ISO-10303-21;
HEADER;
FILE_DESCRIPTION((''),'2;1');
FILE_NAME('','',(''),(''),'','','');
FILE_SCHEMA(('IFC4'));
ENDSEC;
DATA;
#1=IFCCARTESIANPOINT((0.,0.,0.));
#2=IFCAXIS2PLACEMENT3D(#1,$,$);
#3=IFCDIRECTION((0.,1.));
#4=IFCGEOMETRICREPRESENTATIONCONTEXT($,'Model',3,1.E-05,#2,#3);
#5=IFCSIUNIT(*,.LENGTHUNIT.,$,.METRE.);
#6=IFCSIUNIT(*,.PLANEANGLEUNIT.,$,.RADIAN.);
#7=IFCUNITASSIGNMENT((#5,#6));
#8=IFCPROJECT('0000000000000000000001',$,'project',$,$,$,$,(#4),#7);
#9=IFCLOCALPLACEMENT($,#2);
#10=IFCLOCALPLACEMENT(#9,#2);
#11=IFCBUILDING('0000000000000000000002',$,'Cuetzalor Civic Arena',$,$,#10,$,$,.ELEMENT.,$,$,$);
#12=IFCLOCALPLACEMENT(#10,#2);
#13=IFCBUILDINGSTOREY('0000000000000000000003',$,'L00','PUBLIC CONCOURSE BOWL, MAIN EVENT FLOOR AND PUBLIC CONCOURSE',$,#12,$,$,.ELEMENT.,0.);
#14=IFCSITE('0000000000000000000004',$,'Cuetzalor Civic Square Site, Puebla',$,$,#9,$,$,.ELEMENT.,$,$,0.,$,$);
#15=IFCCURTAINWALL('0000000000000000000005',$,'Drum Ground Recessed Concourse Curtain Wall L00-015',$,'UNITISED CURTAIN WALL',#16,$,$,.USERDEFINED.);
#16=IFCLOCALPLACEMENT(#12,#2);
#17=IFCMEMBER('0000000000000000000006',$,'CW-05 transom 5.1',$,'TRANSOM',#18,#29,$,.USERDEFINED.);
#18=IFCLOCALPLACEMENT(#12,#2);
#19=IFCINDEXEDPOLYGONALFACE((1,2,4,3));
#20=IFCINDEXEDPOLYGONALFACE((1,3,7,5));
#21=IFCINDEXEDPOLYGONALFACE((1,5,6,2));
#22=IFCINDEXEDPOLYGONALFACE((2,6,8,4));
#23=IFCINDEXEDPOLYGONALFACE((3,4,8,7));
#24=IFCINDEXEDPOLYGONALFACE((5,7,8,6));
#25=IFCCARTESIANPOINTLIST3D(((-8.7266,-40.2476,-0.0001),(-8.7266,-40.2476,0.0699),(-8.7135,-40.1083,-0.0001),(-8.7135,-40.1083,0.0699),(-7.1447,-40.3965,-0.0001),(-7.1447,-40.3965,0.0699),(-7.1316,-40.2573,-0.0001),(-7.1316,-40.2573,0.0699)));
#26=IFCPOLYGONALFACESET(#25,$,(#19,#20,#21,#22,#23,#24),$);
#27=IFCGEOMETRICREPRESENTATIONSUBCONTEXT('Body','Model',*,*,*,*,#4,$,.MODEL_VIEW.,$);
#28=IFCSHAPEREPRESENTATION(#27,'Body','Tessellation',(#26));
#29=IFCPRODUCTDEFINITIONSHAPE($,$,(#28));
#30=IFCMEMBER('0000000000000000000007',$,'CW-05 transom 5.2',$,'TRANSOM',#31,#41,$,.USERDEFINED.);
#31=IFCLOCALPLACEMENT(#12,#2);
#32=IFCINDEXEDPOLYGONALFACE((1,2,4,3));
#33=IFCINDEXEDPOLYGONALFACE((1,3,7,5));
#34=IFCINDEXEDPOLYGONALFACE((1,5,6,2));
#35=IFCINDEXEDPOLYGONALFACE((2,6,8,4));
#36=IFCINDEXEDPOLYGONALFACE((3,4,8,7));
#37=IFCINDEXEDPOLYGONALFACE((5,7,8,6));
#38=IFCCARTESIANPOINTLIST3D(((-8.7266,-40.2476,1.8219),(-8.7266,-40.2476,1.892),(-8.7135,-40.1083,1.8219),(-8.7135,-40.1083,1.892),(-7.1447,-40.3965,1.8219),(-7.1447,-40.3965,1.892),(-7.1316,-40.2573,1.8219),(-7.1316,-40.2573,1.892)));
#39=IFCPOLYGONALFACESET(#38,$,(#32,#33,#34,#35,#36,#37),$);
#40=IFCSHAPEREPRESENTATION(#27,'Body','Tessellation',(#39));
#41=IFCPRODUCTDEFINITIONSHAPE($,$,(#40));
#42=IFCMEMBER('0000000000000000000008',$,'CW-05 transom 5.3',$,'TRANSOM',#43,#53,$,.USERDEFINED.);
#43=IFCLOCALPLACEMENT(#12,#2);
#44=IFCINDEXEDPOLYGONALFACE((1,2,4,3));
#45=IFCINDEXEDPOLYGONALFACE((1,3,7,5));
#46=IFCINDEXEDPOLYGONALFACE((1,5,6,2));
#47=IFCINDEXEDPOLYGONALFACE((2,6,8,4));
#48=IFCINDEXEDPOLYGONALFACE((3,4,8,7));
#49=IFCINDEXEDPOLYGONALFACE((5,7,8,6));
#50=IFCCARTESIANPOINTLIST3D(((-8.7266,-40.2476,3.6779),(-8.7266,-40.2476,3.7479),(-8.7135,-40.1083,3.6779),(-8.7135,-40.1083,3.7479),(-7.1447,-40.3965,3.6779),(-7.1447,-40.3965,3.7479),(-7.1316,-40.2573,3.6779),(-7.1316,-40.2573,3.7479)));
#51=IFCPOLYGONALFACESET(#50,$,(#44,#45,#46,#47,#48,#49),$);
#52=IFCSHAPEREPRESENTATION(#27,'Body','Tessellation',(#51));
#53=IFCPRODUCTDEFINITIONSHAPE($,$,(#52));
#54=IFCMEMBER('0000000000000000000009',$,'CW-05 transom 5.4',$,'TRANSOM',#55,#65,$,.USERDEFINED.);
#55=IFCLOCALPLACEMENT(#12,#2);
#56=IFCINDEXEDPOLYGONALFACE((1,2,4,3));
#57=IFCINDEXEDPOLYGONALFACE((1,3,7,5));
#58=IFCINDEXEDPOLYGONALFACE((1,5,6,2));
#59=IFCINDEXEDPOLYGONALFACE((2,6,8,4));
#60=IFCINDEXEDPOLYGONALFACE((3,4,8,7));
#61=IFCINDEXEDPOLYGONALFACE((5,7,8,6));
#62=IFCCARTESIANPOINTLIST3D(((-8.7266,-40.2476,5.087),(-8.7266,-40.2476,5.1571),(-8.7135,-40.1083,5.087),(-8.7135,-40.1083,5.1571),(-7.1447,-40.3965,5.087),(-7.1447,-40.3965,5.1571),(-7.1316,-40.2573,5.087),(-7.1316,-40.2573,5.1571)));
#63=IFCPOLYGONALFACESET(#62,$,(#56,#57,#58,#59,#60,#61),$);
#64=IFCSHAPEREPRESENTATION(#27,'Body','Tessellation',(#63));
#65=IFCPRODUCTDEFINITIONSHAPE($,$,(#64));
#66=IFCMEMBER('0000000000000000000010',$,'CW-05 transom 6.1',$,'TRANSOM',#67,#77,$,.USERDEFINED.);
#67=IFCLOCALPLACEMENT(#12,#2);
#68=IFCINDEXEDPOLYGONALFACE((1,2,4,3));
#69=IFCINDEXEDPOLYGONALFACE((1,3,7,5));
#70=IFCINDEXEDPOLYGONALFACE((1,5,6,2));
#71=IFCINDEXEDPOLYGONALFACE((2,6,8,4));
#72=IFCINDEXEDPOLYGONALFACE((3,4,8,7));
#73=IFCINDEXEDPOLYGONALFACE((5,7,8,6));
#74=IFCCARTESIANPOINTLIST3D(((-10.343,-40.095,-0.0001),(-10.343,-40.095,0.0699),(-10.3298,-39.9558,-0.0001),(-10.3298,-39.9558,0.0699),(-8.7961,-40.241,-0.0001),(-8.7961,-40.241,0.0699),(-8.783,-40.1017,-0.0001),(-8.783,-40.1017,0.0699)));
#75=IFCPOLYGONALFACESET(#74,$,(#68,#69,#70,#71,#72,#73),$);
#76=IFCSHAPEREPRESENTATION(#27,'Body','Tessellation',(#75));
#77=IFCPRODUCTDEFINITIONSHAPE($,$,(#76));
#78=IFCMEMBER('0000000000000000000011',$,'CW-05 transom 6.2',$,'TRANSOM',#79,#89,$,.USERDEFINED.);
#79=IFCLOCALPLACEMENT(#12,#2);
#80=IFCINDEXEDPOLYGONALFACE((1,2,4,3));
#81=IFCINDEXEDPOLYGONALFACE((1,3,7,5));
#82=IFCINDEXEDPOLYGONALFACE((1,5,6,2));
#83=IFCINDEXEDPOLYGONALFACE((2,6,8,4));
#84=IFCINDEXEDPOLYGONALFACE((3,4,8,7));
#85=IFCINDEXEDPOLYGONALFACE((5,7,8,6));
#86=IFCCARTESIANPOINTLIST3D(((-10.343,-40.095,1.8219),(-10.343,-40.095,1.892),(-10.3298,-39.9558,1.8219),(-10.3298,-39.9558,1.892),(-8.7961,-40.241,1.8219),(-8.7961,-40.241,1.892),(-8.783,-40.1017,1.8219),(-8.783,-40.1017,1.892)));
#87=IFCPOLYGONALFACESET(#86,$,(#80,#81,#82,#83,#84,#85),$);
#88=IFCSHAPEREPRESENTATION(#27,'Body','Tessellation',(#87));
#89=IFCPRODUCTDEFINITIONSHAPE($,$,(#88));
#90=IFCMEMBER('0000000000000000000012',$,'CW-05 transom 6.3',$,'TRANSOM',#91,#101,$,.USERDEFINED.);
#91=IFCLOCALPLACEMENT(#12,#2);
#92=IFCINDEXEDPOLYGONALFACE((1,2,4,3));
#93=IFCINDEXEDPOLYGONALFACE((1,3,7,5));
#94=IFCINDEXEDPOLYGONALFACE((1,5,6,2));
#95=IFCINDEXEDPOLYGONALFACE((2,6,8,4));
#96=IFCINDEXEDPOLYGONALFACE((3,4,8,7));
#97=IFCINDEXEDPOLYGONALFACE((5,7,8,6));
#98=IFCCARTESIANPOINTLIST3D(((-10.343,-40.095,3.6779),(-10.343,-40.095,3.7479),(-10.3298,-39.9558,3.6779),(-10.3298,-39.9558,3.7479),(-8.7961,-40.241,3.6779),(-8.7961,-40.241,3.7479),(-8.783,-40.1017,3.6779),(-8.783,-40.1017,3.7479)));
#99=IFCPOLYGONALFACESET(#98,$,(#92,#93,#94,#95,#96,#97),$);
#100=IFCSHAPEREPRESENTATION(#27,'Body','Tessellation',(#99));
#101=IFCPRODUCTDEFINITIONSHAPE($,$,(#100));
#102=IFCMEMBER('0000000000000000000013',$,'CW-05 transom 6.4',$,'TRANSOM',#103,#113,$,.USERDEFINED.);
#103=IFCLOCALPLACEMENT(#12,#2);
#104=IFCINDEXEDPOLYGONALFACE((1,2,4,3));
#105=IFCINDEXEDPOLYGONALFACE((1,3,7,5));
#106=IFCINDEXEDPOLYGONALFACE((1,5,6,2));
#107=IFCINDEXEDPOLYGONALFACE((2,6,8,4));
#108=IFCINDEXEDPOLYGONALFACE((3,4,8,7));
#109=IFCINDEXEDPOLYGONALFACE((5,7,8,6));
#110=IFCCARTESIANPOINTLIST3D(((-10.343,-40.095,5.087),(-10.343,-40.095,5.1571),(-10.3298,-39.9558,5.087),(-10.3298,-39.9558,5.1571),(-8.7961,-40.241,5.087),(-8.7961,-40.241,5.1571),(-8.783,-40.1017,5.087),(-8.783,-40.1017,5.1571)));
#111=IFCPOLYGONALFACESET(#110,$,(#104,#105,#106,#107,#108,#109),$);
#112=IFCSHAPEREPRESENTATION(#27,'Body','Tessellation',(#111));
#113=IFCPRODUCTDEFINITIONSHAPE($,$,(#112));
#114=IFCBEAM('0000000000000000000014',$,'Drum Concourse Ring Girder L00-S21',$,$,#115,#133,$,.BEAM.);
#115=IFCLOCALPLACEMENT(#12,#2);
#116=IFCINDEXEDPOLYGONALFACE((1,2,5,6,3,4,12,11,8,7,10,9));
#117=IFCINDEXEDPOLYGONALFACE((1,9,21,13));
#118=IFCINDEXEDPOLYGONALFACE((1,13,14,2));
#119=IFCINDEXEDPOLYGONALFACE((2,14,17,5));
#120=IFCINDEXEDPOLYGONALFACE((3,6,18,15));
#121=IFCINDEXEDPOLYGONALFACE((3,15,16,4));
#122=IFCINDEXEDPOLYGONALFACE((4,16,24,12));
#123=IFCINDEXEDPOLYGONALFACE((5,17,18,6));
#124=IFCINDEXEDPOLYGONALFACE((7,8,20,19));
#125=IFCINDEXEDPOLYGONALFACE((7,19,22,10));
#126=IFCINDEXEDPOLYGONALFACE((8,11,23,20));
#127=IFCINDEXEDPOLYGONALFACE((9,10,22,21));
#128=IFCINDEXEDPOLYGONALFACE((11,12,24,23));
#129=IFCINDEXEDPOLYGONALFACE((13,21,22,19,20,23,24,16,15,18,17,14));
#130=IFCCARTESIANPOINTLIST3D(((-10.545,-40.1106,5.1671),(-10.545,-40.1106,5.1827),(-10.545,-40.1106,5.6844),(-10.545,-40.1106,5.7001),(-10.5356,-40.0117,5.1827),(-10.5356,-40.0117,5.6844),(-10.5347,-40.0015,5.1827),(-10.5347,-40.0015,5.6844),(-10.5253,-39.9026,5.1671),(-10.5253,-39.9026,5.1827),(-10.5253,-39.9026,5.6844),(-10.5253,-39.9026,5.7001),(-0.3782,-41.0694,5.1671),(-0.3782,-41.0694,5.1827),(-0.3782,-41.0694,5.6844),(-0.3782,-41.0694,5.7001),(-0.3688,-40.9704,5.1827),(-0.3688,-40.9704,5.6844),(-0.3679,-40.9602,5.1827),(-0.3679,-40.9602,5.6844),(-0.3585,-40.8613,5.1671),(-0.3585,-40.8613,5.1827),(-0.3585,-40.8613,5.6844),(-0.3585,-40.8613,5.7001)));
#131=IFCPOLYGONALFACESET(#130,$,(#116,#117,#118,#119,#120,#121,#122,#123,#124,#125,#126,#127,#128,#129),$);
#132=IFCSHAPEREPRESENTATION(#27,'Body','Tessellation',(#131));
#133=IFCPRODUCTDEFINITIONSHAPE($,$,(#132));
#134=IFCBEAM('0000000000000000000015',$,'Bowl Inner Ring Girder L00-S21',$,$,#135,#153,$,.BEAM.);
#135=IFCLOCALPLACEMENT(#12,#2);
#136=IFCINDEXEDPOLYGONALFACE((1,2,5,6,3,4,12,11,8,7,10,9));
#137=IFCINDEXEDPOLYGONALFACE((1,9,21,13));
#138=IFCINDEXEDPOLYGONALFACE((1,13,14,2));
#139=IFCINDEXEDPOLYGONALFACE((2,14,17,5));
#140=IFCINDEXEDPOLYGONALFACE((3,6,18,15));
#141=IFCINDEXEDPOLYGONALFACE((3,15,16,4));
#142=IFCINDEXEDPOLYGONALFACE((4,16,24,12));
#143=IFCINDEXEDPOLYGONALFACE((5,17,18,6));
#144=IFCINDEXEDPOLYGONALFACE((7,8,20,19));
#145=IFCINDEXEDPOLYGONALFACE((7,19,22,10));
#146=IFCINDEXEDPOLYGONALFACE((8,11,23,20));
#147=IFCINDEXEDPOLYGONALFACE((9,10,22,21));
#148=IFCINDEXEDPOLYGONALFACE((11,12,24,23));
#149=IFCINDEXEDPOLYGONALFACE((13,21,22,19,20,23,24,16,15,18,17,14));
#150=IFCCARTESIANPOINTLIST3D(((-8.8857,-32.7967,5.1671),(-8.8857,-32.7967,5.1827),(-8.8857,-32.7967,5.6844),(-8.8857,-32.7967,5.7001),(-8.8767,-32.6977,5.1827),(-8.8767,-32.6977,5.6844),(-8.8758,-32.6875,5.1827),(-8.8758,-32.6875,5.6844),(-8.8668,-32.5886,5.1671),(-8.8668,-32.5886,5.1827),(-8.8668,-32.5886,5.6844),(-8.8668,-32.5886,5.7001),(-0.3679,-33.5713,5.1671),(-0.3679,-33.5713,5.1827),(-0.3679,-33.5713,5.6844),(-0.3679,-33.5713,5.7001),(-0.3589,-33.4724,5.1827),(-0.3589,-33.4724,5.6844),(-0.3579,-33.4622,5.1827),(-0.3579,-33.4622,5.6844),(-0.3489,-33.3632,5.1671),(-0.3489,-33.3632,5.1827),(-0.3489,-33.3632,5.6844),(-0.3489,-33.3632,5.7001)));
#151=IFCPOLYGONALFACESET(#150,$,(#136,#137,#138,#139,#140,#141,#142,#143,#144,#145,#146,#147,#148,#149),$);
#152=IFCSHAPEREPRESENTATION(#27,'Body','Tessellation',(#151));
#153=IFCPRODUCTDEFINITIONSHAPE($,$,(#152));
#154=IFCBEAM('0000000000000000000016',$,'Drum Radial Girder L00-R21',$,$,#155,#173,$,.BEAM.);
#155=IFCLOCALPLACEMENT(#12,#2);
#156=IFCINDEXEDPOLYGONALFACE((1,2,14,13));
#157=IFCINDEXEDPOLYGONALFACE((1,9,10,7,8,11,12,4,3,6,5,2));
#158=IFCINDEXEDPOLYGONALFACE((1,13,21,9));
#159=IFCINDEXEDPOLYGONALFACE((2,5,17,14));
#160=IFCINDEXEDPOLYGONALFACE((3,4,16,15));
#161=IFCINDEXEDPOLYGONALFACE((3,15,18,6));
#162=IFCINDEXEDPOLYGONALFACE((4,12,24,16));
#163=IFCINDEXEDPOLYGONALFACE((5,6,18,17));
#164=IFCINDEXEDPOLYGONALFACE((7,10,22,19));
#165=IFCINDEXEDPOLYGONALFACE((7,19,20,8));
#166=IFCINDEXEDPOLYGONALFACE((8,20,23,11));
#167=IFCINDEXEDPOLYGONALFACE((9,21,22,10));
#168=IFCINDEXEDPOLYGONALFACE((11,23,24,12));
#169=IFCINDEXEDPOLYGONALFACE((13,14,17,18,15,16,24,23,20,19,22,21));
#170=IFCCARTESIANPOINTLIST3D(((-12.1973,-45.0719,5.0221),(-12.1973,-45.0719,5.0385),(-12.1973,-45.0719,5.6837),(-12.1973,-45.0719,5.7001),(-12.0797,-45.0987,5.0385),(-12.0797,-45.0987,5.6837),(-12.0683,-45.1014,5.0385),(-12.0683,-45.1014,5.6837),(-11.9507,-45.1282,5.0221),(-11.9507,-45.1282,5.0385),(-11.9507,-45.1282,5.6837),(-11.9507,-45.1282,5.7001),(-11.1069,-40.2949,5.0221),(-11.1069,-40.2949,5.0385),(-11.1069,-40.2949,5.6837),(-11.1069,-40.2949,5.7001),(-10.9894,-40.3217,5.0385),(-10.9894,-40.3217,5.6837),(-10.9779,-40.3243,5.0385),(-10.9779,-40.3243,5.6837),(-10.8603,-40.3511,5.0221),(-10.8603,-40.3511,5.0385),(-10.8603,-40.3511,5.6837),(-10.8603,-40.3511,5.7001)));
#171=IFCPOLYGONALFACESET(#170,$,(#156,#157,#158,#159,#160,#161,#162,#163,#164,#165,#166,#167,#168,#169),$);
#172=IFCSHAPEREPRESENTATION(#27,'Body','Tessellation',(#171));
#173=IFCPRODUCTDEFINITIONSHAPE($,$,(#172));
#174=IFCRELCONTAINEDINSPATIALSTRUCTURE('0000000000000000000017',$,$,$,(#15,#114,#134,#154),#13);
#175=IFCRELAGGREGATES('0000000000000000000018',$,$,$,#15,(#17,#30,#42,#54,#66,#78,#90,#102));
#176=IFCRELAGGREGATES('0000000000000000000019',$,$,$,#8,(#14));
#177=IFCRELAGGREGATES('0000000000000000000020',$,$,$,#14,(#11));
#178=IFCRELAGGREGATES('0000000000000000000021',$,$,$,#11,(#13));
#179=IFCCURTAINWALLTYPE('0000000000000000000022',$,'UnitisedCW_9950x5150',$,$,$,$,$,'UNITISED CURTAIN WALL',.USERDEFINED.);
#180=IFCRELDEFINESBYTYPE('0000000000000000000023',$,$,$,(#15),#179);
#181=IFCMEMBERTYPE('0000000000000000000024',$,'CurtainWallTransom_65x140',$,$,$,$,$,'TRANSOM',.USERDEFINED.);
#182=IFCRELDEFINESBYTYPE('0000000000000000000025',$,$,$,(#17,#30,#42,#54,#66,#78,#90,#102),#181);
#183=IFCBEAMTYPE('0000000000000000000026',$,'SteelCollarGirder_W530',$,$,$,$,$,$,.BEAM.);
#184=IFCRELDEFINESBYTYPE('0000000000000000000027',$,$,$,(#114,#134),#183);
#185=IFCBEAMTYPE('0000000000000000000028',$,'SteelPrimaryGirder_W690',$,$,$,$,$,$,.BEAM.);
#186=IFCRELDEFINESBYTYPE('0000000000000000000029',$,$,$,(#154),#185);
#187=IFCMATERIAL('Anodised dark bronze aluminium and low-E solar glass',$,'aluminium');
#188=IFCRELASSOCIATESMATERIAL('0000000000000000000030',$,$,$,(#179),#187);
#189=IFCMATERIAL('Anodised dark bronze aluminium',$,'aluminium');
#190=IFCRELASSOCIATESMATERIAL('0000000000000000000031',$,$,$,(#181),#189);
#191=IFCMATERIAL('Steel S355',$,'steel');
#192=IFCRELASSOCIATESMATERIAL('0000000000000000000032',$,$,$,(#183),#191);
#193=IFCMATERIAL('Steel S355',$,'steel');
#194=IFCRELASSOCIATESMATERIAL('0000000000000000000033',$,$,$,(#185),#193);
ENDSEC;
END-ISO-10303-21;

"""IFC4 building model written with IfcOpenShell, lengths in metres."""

from ifc_helpers import new_model, si_unit, direction, frame, origin, origin_2d, place, context, subcontext, project, spatial, rectangle, i_section, extrude, material, material_profile, profile_set, type_object, element, aggregate, save


model = new_model("IFC4")

# Units and contexts
model_context = context("Model", 3, precision=1e-05, world=origin(), true_north=direction((0.0, 1.0)))
body_context = subcontext(model_context, "Body", "Model", "MODEL_VIEW")
ifc_project = project(units=[si_unit("LENGTHUNIT", "METRE"), si_unit("PLANEANGLEUNIT", "RADIAN")], contexts=[model_context])

# Site, building, storey
site_placement = place(None, origin())
site = spatial("IfcSite", under=ifc_project, at=site_placement, Name="Cuetzalor Civic Square Site, Puebla", CompositionType="ELEMENT", RefElevation=0.0)
building_placement = place(site_placement, origin())
building = spatial("IfcBuilding", under=site, at=building_placement, Name="Cuetzalor Civic Arena", CompositionType="ELEMENT")
storey_placement = place(building_placement, origin())
storey = spatial("IfcBuildingStorey", under=building, at=storey_placement, Name="L00", Description="PUBLIC CONCOURSE BOWL, MAIN EVENT FLOOR AND PUBLIC CONCOURSE", CompositionType="ELEMENT", Elevation=0.0)

# Curtain wall, members
ifc_material_1 = material(Name="Anodised dark bronze aluminium and low-E solar glass", Category="aluminium")
curtain_wall_type = type_object("IfcCurtainWallType", Name="UnitisedCW_9950x5150", ElementType="UNITISED CURTAIN WALL", PredefinedType="USERDEFINED", material=ifc_material_1)
curtain_wall_placement = place(storey_placement, origin())
curtain_wall = element("IfcCurtainWall", 1, at=curtain_wall_placement, inside=storey, type_object=curtain_wall_type, Name="Drum Ground Recessed Concourse Curtain Wall L00-015", ObjectType="UNITISED CURTAIN WALL", PredefinedType="USERDEFINED")
ifc_material_2 = material(Name="Anodised dark bronze aluminium", Category="aluminium")
ifc_material_profile_1 = material_profile(ifc_material_2, rectangle(XDim=0.1399, YDim=0.0701, at=origin_2d()), Name="ALU TRANSOM 70x140")
ifc_profile_set_1 = profile_set([ifc_material_profile_1], Name="Anodised dark bronze aluminium")
member_type_1 = type_object("IfcMemberType", Name="CurtainWallTransom_65x140", ElementType="TRANSOM", PredefinedType="USERDEFINED", material=ifc_profile_set_1)
member_1_placement = place(storey_placement, frame((-7.1382, -40.3269, 0.0349), z_axis=(-0.995597, 0.093736, 0.0), x_axis=(-0.093736, -0.995597, 0.0)))
member_1 = element("IfcMember", 2, at=member_1_placement, type_object=member_type_1, Name="CW-05 transom 5.1", ObjectType="TRANSOM", PredefinedType="USERDEFINED", context=body_context, shape_type="SweptSolid", body=[
    extrude(rectangle(XDim=0.1399, YDim=0.0701, at=origin_2d()), origin(), (0.0, 0.0, 1.0), 1.5889),
])
member_2_placement = place(storey_placement, frame((-7.1382, -40.3269, 1.8569), z_axis=(-0.995597, 0.093736, 0.0), x_axis=(-0.093736, -0.995597, 0.0)))
member_2 = element("IfcMember", 3, at=member_2_placement, type_object=member_type_1, Name="CW-05 transom 5.2", ObjectType="TRANSOM", PredefinedType="USERDEFINED", context=body_context, shape_type="SweptSolid", body=[
    extrude(rectangle(XDim=0.1399, YDim=0.0701, at=origin_2d()), origin(), (0.0, 0.0, 1.0), 1.5889),
])
member_3_placement = place(storey_placement, frame((-7.1382, -40.3269, 3.7129), z_axis=(-0.995597, 0.093736, 0.0), x_axis=(-0.093736, -0.995597, 0.0)))
member_3 = element("IfcMember", 4, at=member_3_placement, type_object=member_type_1, Name="CW-05 transom 5.3", ObjectType="TRANSOM", PredefinedType="USERDEFINED", context=body_context, shape_type="SweptSolid", body=[
    extrude(rectangle(XDim=0.1399, YDim=0.0701, at=origin_2d()), origin(), (0.0, 0.0, 1.0), 1.5889),
])
member_4_placement = place(storey_placement, frame((-7.1382, -40.3269, 5.1221), z_axis=(-0.995597, 0.093736, 0.0), x_axis=(-0.093736, -0.995597, 0.0)))
member_4 = element("IfcMember", 5, at=member_4_placement, type_object=member_type_1, Name="CW-05 transom 5.4", ObjectType="TRANSOM", PredefinedType="USERDEFINED", context=body_context, shape_type="SweptSolid", body=[
    extrude(rectangle(XDim=0.1399, YDim=0.0701, at=origin_2d()), origin(), (0.0, 0.0, 1.0), 1.5889),
])
member_5_placement = place(storey_placement, frame((-8.7896, -40.1714, 0.0349), z_axis=(-0.995576, 0.093964, 0.0), x_axis=(-0.093964, -0.995576, 0.0)))
member_5 = element("IfcMember", 6, at=member_5_placement, type_object=member_type_1, Name="CW-05 transom 6.1", ObjectType="TRANSOM", PredefinedType="USERDEFINED", context=body_context, shape_type="SweptSolid", body=[
    extrude(rectangle(XDim=0.1399, YDim=0.0701, at=origin_2d()), origin(), (0.0, 0.0, 1.0), 1.5537),
])
member_6_placement = place(storey_placement, frame((-8.7896, -40.1714, 1.8569), z_axis=(-0.995576, 0.093964, 0.0), x_axis=(-0.093964, -0.995576, 0.0)))
member_6 = element("IfcMember", 7, at=member_6_placement, type_object=member_type_1, Name="CW-05 transom 6.2", ObjectType="TRANSOM", PredefinedType="USERDEFINED", context=body_context, shape_type="SweptSolid", body=[
    extrude(rectangle(XDim=0.1399, YDim=0.0701, at=origin_2d()), origin(), (0.0, 0.0, 1.0), 1.5537),
])
member_7_placement = place(storey_placement, frame((-8.7896, -40.1714, 3.7129), z_axis=(-0.995576, 0.093964, 0.0), x_axis=(-0.093964, -0.995576, 0.0)))
member_7 = element("IfcMember", 8, at=member_7_placement, type_object=member_type_1, Name="CW-05 transom 6.3", ObjectType="TRANSOM", PredefinedType="USERDEFINED", context=body_context, shape_type="SweptSolid", body=[
    extrude(rectangle(XDim=0.1399, YDim=0.0701, at=origin_2d()), origin(), (0.0, 0.0, 1.0), 1.5537),
])
member_8_placement = place(storey_placement, frame((-8.7896, -40.1714, 5.1221), z_axis=(-0.995576, 0.093964, 0.0), x_axis=(-0.093964, -0.995576, 0.0)))
member_8 = element("IfcMember", 9, at=member_8_placement, type_object=member_type_1, Name="CW-05 transom 6.4", ObjectType="TRANSOM", PredefinedType="USERDEFINED", context=body_context, shape_type="SweptSolid", body=[
    extrude(rectangle(XDim=0.1399, YDim=0.0701, at=origin_2d()), origin(), (0.0, 0.0, 1.0), 1.5537),
])

# Beams
ifc_material_3 = material(Name="Steel S355", Category="steel")
ifc_material_profile_2 = material_profile(ifc_material_3, i_section(OverallWidth=0.209, OverallDepth=0.533, WebThickness=0.0103, FlangeThickness=0.0156, at=origin_2d()), Name="W530x92")
ifc_profile_set_2 = profile_set([ifc_material_profile_2], Name="Steel S355")
beam_type_1 = type_object("IfcBeamType", Name="SteelCollarGirder_W530", PredefinedType="BEAM", material=ifc_profile_set_2)
beam_1_placement = place(storey_placement, frame((-10.5352, -40.0066, 5.4336), z_axis=(0.995583, -0.093885, 0.0), x_axis=(0.093885, 0.995583, 0.0)))
element("IfcBeam", 10, at=beam_1_placement, inside=storey, type_object=beam_type_1, Name="Drum Concourse Ring Girder L00-S21", PredefinedType="BEAM", context=body_context, shape_type="SweptSolid", body=[
    extrude(i_section(OverallWidth=0.209, OverallDepth=0.533, WebThickness=0.0103, FlangeThickness=0.0156, at=origin_2d()), origin(), (0.0, 0.0, 1.0), 10.2119),
])
beam_2_placement = place(storey_placement, frame((-8.8762, -32.6926, 5.4336), z_axis=(0.99589, -0.090572, 0.0), x_axis=(0.090572, 0.99589, 0.0)))
element("IfcBeam", 11, at=beam_2_placement, inside=storey, type_object=beam_type_1, Name="Bowl Inner Ring Girder L00-S21", PredefinedType="BEAM", context=body_context, shape_type="SweptSolid", body=[
    extrude(i_section(OverallWidth=0.209, OverallDepth=0.533, WebThickness=0.0103, FlangeThickness=0.0156, at=origin_2d()), origin(), (0.0, 0.0, 1.0), 8.553),
])
ifc_material_4 = material(Name="Steel S355", Category="steel")
ifc_material_profile_3 = material_profile(ifc_material_4, i_section(OverallWidth=0.2529, OverallDepth=0.678, WebThickness=0.0117, FlangeThickness=0.0164, at=origin_2d()), Name="W690x125")
ifc_profile_set_3 = profile_set([ifc_material_profile_3], Name="Steel S355")
beam_type_2 = type_object("IfcBeamType", Name="SteelPrimaryGirder_W690", PredefinedType="BEAM", material=ifc_profile_set_3)
beam_3_placement = place(storey_placement, frame((-10.9836, -40.323, 5.3611), z_axis=(-0.222519, -0.974928, 0.0), x_axis=(0.974928, -0.222519, 0.0)))
element("IfcBeam", 12, at=beam_3_placement, inside=storey, type_object=beam_type_2, Name="Drum Radial Girder L00-R21", PredefinedType="BEAM", context=body_context, shape_type="SweptSolid", body=[
    extrude(i_section(OverallWidth=0.2529, OverallDepth=0.678, WebThickness=0.0117, FlangeThickness=0.0164, at=origin_2d()), origin(), (0.0, 0.0, 1.0), 4.8999),
])

aggregate(curtain_wall, [member_1, member_2, member_3, member_4, member_5, member_6, member_7, member_8])

save(model, "model.ifc")
